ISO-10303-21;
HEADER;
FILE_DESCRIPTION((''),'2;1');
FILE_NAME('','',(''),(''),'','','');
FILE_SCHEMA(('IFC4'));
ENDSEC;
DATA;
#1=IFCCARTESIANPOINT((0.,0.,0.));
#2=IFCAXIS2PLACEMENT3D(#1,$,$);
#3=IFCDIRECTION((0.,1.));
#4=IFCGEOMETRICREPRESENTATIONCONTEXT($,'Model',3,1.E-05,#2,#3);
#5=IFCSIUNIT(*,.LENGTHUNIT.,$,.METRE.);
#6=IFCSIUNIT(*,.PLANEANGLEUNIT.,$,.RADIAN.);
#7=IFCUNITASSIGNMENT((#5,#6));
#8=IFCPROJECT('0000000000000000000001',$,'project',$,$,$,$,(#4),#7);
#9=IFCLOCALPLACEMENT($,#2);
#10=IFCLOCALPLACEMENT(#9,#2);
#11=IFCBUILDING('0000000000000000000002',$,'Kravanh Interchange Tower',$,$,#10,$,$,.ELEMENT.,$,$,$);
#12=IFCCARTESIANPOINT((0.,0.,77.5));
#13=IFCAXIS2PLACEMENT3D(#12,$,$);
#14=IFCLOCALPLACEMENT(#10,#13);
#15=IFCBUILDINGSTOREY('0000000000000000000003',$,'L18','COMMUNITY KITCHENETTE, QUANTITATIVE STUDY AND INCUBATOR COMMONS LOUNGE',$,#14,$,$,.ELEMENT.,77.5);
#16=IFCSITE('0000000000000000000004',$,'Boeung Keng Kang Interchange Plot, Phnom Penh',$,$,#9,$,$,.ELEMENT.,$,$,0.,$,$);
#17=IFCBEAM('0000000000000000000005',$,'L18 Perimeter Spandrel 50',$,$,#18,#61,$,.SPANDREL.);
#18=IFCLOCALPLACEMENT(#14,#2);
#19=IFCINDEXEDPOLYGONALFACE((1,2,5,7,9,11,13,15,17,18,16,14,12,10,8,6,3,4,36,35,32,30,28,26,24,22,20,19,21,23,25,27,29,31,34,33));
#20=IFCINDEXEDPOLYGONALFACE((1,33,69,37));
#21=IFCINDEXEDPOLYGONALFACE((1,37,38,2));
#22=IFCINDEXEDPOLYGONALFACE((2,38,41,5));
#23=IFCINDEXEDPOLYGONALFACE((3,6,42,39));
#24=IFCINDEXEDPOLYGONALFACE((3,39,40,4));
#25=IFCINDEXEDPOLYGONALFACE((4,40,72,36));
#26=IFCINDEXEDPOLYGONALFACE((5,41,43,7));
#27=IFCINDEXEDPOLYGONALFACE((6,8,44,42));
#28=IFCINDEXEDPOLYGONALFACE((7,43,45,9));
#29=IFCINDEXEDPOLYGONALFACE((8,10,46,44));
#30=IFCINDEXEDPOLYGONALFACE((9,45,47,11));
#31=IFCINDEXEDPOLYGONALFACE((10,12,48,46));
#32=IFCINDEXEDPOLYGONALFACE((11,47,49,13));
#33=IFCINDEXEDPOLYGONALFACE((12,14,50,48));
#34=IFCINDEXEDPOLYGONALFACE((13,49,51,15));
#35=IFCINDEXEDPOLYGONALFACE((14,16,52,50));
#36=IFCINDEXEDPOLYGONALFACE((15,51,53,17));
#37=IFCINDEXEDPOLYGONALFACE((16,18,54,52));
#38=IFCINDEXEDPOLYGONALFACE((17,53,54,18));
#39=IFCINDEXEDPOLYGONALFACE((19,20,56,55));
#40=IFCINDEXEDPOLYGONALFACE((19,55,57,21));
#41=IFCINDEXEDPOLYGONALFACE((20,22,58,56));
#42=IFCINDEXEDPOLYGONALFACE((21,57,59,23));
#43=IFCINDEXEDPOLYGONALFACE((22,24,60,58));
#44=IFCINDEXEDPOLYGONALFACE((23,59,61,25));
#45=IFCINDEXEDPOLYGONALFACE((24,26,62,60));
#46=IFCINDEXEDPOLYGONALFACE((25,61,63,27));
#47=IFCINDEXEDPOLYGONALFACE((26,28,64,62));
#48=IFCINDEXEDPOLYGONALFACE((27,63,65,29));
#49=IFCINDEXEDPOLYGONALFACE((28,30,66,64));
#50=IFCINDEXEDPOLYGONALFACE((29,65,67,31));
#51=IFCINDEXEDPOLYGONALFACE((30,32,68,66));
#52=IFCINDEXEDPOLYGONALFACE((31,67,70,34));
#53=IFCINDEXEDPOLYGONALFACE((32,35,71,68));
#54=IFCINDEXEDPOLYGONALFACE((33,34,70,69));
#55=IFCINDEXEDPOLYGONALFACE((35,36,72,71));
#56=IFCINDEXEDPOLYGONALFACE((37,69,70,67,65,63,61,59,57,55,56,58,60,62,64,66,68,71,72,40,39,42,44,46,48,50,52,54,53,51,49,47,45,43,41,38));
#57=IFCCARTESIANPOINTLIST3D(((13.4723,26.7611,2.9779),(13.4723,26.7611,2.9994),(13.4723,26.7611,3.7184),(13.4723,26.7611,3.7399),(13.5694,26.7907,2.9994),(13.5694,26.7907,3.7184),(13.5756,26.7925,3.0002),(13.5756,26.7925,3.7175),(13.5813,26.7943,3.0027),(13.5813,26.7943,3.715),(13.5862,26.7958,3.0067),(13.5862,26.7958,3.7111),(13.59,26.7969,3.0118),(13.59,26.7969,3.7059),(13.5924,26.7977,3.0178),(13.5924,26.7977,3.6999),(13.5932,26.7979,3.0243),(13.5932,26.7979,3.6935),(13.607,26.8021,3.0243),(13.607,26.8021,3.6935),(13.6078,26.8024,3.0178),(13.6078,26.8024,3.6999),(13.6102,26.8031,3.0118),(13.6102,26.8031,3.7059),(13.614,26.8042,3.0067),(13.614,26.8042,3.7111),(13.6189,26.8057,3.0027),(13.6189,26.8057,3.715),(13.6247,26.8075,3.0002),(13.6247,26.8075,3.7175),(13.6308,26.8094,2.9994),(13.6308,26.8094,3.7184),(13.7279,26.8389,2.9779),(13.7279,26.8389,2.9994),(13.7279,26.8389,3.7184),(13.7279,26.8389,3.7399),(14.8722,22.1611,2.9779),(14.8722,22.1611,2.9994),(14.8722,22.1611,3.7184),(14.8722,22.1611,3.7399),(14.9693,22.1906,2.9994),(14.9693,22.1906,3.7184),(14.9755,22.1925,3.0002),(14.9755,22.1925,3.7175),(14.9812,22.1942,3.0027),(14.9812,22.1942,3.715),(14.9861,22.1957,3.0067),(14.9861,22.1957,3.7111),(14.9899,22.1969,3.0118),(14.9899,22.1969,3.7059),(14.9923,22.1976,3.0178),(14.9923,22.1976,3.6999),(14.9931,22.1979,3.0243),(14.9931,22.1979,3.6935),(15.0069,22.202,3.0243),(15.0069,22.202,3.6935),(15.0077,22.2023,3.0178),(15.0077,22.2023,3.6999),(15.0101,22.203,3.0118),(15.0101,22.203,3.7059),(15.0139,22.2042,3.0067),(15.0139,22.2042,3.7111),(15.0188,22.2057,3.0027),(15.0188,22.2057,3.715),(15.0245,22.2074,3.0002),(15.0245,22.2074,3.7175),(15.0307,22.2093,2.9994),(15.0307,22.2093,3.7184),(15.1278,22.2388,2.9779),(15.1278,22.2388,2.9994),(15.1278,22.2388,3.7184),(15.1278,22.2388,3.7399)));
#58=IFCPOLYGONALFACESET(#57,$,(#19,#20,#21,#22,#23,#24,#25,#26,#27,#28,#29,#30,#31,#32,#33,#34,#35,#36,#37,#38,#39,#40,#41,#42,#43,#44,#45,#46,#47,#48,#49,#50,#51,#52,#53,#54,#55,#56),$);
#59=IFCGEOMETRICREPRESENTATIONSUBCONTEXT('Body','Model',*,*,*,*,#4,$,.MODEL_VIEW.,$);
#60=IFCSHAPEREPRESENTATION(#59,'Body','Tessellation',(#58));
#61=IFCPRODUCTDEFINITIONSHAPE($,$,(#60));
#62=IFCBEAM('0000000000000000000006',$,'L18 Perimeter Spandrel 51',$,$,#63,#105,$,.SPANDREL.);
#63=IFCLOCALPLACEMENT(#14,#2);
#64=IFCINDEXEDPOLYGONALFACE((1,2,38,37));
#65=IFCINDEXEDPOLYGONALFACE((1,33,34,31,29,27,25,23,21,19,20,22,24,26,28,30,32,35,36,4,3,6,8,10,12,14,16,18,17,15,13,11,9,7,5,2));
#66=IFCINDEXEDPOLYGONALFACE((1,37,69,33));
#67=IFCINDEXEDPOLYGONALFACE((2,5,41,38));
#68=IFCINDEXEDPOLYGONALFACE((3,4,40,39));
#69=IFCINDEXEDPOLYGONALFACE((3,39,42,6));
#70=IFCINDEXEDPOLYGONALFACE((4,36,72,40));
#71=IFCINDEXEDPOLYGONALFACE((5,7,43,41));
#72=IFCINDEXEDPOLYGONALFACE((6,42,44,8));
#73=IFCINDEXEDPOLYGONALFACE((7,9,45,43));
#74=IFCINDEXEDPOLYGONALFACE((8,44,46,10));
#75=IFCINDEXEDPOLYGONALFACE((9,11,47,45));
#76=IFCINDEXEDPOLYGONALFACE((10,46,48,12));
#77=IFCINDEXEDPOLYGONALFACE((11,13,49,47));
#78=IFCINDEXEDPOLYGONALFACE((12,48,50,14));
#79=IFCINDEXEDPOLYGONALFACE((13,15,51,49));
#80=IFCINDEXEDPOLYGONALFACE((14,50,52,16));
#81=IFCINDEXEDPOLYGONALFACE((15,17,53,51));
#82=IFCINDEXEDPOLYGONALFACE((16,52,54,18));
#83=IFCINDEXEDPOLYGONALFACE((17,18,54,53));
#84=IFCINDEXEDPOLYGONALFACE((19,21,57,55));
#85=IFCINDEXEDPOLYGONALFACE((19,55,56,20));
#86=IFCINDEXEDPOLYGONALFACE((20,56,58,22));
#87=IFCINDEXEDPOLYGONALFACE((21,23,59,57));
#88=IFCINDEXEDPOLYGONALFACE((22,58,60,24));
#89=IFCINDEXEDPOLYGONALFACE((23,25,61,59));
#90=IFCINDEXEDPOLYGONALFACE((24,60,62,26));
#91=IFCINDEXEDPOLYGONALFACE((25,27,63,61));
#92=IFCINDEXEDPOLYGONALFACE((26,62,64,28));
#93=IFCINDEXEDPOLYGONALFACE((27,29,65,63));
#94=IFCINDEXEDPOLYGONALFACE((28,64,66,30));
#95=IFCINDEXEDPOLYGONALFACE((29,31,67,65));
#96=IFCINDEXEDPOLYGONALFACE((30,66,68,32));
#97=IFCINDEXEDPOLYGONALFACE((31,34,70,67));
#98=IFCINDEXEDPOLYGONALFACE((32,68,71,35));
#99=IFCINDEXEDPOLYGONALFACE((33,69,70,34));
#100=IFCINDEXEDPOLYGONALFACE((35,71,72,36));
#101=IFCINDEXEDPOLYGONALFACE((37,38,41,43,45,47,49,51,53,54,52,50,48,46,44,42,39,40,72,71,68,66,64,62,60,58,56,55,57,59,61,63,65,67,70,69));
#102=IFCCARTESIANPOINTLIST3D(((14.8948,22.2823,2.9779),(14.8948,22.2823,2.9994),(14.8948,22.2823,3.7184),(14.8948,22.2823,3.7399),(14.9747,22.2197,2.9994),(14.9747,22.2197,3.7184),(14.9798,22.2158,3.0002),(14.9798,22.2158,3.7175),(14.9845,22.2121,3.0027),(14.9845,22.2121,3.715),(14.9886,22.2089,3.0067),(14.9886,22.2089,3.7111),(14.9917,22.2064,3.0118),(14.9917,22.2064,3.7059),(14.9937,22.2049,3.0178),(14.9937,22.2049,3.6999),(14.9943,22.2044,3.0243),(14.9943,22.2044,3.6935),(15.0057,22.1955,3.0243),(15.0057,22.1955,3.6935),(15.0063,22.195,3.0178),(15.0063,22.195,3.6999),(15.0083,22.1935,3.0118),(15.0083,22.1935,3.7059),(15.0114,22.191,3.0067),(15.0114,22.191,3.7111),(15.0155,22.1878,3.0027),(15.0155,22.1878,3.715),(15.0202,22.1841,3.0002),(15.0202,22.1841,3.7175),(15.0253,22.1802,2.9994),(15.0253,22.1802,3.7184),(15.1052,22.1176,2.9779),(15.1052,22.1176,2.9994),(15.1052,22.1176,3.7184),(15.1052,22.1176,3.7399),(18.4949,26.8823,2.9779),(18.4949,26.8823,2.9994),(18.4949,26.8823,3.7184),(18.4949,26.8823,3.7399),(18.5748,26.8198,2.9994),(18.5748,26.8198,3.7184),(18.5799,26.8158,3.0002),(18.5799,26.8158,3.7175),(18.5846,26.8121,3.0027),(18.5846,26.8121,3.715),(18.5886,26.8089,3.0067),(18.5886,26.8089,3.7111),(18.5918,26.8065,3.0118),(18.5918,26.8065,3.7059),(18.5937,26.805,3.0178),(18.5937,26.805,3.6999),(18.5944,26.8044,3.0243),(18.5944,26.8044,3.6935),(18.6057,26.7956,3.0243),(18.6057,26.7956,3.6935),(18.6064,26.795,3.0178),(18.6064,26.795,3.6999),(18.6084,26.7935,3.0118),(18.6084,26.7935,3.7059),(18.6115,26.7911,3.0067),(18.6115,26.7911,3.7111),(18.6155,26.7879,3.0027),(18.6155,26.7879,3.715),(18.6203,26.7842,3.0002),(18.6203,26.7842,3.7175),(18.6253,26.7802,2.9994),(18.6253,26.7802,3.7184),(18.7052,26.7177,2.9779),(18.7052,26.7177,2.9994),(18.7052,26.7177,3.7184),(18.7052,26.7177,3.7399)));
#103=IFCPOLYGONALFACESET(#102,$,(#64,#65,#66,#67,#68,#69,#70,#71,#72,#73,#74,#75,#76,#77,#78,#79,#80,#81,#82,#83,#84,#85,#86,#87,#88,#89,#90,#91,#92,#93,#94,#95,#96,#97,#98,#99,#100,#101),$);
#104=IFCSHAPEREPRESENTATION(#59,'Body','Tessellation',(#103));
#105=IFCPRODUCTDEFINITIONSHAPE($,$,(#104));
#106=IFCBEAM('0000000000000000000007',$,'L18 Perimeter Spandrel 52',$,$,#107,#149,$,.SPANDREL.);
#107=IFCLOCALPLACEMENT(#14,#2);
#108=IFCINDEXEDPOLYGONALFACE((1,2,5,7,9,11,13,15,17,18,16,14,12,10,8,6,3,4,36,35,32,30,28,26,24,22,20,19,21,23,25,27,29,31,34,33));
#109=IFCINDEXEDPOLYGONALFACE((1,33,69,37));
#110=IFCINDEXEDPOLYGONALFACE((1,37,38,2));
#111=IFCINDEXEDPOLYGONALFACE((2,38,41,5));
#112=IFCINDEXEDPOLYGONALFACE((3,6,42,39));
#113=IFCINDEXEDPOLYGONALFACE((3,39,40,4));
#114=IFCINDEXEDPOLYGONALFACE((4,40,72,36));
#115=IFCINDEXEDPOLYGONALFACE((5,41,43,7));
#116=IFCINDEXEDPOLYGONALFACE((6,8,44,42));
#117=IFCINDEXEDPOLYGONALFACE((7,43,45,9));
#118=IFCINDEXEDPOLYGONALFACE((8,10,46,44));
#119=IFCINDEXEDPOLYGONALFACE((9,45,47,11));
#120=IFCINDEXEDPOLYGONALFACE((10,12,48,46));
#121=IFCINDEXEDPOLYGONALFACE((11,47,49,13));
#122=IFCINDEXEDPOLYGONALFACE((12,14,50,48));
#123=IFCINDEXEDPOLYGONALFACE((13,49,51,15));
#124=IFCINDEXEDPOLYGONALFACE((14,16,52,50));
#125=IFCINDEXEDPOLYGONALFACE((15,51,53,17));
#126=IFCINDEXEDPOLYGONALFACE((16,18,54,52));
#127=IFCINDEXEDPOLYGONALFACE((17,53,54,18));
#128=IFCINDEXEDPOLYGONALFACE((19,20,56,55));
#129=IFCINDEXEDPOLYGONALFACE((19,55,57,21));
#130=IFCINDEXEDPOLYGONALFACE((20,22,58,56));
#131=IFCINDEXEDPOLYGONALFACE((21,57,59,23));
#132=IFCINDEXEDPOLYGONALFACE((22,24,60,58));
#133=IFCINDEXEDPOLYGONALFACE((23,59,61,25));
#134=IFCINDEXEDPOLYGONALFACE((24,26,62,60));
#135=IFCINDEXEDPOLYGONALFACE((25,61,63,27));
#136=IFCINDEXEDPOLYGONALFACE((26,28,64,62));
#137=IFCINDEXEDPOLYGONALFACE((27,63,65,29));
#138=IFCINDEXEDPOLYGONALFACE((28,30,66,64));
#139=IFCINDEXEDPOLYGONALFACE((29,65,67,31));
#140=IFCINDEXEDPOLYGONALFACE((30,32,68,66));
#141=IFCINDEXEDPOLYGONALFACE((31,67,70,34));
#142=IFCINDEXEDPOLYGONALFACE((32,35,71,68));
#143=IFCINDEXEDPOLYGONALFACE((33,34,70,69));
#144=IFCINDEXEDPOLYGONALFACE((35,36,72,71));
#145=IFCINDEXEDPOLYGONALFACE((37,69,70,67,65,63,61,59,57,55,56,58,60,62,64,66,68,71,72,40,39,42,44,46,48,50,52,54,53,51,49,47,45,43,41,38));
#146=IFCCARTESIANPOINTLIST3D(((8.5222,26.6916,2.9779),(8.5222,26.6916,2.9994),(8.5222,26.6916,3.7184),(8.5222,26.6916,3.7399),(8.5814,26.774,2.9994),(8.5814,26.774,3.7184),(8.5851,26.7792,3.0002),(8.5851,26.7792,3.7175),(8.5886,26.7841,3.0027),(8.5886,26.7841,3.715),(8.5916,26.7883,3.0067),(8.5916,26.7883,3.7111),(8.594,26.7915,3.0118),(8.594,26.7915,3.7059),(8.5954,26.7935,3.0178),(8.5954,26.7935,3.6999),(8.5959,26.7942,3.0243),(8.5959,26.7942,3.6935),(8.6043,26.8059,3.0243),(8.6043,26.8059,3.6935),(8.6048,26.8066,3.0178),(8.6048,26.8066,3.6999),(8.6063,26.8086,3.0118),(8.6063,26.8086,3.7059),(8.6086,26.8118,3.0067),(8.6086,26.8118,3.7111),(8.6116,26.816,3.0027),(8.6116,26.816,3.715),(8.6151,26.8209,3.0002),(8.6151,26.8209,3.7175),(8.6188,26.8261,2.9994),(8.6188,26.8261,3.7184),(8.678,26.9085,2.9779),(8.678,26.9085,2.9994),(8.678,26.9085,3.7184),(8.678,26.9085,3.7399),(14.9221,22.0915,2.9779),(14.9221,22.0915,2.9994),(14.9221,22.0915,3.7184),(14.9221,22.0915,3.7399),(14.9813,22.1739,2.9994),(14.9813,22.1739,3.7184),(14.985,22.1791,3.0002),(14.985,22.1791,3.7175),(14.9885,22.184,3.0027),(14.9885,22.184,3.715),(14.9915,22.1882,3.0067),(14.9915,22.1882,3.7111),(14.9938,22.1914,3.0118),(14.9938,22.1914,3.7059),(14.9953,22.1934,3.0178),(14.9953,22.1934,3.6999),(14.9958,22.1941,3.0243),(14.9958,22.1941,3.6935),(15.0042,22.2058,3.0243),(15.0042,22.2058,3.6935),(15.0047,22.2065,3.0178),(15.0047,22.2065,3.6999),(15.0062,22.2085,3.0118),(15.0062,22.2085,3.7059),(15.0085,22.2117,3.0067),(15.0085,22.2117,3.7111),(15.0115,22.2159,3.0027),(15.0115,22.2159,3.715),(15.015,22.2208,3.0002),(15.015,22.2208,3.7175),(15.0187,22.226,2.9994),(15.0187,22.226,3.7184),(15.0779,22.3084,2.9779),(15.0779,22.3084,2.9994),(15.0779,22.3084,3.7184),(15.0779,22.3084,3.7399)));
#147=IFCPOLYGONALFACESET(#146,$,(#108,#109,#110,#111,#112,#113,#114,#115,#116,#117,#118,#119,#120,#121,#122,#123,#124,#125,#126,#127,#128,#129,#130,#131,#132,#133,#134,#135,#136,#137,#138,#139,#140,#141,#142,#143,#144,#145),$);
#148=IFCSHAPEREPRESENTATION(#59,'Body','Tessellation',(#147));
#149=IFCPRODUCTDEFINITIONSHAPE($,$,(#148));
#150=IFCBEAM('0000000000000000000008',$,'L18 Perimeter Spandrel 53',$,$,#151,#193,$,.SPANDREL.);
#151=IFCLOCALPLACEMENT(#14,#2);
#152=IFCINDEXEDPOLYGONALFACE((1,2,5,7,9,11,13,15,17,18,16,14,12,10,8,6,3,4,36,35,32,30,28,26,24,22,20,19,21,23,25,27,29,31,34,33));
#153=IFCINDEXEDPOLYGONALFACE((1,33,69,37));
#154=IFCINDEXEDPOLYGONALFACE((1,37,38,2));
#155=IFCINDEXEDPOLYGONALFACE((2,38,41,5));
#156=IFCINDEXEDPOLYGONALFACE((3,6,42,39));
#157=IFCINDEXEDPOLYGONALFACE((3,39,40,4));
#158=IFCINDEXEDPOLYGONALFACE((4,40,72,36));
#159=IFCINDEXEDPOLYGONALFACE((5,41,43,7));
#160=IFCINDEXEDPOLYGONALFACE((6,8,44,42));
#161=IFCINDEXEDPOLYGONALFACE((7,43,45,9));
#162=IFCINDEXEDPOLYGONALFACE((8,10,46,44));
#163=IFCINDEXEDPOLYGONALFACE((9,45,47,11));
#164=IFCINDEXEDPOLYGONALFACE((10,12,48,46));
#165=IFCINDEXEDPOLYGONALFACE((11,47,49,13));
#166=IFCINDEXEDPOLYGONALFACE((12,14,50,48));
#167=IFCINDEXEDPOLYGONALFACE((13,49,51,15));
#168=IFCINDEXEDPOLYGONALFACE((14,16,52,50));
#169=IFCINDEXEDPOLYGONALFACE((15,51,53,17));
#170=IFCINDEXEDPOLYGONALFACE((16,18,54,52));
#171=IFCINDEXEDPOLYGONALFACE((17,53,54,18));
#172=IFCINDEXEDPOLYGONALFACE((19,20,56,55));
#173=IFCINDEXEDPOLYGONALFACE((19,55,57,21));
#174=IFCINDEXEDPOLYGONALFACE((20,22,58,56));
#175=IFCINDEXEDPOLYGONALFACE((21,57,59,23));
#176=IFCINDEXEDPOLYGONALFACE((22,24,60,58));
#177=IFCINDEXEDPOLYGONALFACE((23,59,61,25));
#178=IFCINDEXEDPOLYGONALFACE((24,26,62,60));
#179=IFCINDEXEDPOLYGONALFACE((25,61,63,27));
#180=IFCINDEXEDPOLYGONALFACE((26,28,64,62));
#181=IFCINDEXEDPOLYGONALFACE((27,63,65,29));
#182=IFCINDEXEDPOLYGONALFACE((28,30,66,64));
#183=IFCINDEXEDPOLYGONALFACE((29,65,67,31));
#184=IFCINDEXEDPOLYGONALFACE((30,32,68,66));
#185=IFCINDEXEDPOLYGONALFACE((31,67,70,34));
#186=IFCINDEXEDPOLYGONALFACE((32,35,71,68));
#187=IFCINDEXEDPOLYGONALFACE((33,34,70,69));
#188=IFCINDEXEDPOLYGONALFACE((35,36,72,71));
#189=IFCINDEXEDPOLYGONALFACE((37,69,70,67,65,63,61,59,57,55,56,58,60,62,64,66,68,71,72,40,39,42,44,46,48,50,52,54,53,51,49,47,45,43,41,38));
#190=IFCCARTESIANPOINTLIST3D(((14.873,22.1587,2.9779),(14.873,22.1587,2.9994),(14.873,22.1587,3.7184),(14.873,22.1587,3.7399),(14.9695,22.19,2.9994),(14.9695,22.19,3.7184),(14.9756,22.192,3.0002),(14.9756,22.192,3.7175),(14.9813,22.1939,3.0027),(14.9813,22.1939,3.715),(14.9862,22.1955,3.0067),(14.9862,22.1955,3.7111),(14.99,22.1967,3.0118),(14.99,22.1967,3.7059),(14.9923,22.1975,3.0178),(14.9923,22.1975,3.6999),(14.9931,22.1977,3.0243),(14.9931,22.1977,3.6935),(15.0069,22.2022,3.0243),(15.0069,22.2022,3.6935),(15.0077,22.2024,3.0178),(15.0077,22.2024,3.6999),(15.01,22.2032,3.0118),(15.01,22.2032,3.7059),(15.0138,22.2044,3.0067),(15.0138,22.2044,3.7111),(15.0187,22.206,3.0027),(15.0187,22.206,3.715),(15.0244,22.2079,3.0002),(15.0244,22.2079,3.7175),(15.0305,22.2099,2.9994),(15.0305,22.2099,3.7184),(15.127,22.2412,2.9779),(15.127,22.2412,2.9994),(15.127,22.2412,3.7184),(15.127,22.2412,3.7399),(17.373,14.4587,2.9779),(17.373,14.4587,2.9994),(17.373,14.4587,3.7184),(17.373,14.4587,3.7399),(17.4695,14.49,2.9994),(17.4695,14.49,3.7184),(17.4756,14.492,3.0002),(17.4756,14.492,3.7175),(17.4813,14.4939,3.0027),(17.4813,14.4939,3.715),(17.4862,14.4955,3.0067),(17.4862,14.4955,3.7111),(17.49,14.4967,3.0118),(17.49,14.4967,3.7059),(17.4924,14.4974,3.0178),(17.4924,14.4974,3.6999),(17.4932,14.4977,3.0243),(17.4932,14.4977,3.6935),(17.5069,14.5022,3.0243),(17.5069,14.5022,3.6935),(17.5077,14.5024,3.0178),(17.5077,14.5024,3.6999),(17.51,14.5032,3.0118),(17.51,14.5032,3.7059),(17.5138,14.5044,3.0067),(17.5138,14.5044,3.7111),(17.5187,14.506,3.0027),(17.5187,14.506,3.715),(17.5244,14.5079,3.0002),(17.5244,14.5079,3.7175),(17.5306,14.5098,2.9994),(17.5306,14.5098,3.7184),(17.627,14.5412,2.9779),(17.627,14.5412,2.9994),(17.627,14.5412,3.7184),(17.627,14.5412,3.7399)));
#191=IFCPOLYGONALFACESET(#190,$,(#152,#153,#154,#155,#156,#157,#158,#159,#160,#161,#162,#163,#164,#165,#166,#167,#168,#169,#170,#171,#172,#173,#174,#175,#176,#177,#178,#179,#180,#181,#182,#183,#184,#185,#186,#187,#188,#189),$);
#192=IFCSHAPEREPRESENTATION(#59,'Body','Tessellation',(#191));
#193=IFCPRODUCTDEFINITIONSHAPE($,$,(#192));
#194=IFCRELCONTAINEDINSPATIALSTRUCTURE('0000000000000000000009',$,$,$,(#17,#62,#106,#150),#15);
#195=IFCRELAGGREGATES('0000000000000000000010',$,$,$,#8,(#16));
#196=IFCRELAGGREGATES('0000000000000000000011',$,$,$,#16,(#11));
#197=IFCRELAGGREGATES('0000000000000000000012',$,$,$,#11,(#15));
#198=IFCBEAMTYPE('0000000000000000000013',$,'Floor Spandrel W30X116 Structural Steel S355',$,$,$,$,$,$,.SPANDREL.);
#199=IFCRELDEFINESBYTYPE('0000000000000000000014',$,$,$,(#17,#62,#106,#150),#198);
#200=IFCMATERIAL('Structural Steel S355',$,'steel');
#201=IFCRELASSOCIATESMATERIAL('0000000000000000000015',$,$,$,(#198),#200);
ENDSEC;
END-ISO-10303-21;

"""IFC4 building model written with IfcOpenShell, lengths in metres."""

from ifc_helpers import new_model, si_unit, direction, frame, origin, origin_2d, place, context, subcontext, project, spatial, i_section, extrude, material, material_profile, profile_set, type_object, element, save


model = new_model("IFC4")

# Units and contexts
model_context = context("Model", 3, precision=1e-05, world=origin(), true_north=direction((0.0, 1.0)))
body_context = subcontext(model_context, "Body", "Model", "MODEL_VIEW")
ifc_project = project(units=[si_unit("LENGTHUNIT", "METRE"), si_unit("PLANEANGLEUNIT", "RADIAN")], contexts=[model_context])

# Site, building, storey
site_placement = place(None, origin())
site = spatial("IfcSite", under=ifc_project, at=site_placement, Name="Boeung Keng Kang Interchange Plot, Phnom Penh", CompositionType="ELEMENT", RefElevation=0.0)
building_placement = place(site_placement, origin())
building = spatial("IfcBuilding", under=site, at=building_placement, Name="Kravanh Interchange Tower", CompositionType="ELEMENT")
storey_placement = place(building_placement, frame((0.0, 0.0, 77.5)))
storey = spatial("IfcBuildingStorey", under=building, at=storey_placement, Name="L18", Description="COMMUNITY KITCHENETTE, QUANTITATIVE STUDY AND INCUBATOR COMMONS LOUNGE", CompositionType="ELEMENT", Elevation=77.5)

# Beams
ifc_material_1 = material(Name="Structural Steel S355", Category="steel")
ifc_material_profile_1 = material_profile(ifc_material_1, i_section(OverallWidth=0.2671, OverallDepth=0.762, WebThickness=0.0144, FlangeThickness=0.0215, FilletRadius=0.0249, at=origin_2d()), Name="W30X116")
ifc_profile_set_1 = profile_set([ifc_material_profile_1], Name="Structural Steel S355")
beam_type_1 = type_object("IfcBeamType", Name="Floor Spandrel W30X116 Structural Steel S355", PredefinedType="SPANDREL", material=ifc_profile_set_1)
beam_1_placement = place(storey_placement, frame((15.0, 22.2, 3.3589), z_axis=(-0.291137, 0.956681, 0.0), x_axis=(-0.956681, -0.291137, 0.0)))
element("IfcBeam", 1, at=beam_1_placement, inside=storey, type_object=beam_type_1, Name="L18 Perimeter Spandrel 50", PredefinedType="SPANDREL", context=body_context, shape_type="SweptSolid", body=[
    extrude(i_section(OverallWidth=0.2671, OverallDepth=0.762, WebThickness=0.0144, FlangeThickness=0.0215, FilletRadius=0.0249, at=origin_2d()), origin(), (0.0, 0.0, 1.0), 4.8083),
])
beam_2_placement = place(storey_placement, frame((15.0, 22.2, 3.3589), z_axis=(0.616311, 0.787503, 0.0), x_axis=(-0.787503, 0.616311, 0.0)))
element("IfcBeam", 2, at=beam_2_placement, inside=storey, type_object=beam_type_1, Name="L18 Perimeter Spandrel 51", PredefinedType="SPANDREL", context=body_context, shape_type="SweptSolid", body=[
    extrude(i_section(OverallWidth=0.2671, OverallDepth=0.762, WebThickness=0.0144, FlangeThickness=0.0215, FilletRadius=0.0249, at=origin_2d()), origin(), (0.0, 0.0, 1.0), 5.8413),
])
beam_3_placement = place(storey_placement, frame((15.0, 22.2, 3.3589), z_axis=(-0.812005, 0.58365, 0.0), x_axis=(-0.58365, -0.812005, 0.0)))
element("IfcBeam", 3, at=beam_3_placement, inside=storey, type_object=beam_type_1, Name="L18 Perimeter Spandrel 52", PredefinedType="SPANDREL", context=body_context, shape_type="SweptSolid", body=[
    extrude(i_section(OverallWidth=0.2671, OverallDepth=0.762, WebThickness=0.0144, FlangeThickness=0.0215, FilletRadius=0.0249, at=origin_2d()), origin(), (0.0, 0.0, 1.0), 7.8816),
])
beam_4_placement = place(storey_placement, frame((15.0, 22.2, 3.3589), z_axis=(0.308809, -0.951124, 0.0), x_axis=(0.951124, 0.308809, 0.0)))
element("IfcBeam", 4, at=beam_4_placement, inside=storey, type_object=beam_type_1, Name="L18 Perimeter Spandrel 53", PredefinedType="SPANDREL", context=body_context, shape_type="SweptSolid", body=[
    extrude(i_section(OverallWidth=0.2671, OverallDepth=0.762, WebThickness=0.0144, FlangeThickness=0.0215, FilletRadius=0.0249, at=origin_2d()), origin(), (0.0, 0.0, 1.0), 8.0957),
])

save(model, "model.ifc")
